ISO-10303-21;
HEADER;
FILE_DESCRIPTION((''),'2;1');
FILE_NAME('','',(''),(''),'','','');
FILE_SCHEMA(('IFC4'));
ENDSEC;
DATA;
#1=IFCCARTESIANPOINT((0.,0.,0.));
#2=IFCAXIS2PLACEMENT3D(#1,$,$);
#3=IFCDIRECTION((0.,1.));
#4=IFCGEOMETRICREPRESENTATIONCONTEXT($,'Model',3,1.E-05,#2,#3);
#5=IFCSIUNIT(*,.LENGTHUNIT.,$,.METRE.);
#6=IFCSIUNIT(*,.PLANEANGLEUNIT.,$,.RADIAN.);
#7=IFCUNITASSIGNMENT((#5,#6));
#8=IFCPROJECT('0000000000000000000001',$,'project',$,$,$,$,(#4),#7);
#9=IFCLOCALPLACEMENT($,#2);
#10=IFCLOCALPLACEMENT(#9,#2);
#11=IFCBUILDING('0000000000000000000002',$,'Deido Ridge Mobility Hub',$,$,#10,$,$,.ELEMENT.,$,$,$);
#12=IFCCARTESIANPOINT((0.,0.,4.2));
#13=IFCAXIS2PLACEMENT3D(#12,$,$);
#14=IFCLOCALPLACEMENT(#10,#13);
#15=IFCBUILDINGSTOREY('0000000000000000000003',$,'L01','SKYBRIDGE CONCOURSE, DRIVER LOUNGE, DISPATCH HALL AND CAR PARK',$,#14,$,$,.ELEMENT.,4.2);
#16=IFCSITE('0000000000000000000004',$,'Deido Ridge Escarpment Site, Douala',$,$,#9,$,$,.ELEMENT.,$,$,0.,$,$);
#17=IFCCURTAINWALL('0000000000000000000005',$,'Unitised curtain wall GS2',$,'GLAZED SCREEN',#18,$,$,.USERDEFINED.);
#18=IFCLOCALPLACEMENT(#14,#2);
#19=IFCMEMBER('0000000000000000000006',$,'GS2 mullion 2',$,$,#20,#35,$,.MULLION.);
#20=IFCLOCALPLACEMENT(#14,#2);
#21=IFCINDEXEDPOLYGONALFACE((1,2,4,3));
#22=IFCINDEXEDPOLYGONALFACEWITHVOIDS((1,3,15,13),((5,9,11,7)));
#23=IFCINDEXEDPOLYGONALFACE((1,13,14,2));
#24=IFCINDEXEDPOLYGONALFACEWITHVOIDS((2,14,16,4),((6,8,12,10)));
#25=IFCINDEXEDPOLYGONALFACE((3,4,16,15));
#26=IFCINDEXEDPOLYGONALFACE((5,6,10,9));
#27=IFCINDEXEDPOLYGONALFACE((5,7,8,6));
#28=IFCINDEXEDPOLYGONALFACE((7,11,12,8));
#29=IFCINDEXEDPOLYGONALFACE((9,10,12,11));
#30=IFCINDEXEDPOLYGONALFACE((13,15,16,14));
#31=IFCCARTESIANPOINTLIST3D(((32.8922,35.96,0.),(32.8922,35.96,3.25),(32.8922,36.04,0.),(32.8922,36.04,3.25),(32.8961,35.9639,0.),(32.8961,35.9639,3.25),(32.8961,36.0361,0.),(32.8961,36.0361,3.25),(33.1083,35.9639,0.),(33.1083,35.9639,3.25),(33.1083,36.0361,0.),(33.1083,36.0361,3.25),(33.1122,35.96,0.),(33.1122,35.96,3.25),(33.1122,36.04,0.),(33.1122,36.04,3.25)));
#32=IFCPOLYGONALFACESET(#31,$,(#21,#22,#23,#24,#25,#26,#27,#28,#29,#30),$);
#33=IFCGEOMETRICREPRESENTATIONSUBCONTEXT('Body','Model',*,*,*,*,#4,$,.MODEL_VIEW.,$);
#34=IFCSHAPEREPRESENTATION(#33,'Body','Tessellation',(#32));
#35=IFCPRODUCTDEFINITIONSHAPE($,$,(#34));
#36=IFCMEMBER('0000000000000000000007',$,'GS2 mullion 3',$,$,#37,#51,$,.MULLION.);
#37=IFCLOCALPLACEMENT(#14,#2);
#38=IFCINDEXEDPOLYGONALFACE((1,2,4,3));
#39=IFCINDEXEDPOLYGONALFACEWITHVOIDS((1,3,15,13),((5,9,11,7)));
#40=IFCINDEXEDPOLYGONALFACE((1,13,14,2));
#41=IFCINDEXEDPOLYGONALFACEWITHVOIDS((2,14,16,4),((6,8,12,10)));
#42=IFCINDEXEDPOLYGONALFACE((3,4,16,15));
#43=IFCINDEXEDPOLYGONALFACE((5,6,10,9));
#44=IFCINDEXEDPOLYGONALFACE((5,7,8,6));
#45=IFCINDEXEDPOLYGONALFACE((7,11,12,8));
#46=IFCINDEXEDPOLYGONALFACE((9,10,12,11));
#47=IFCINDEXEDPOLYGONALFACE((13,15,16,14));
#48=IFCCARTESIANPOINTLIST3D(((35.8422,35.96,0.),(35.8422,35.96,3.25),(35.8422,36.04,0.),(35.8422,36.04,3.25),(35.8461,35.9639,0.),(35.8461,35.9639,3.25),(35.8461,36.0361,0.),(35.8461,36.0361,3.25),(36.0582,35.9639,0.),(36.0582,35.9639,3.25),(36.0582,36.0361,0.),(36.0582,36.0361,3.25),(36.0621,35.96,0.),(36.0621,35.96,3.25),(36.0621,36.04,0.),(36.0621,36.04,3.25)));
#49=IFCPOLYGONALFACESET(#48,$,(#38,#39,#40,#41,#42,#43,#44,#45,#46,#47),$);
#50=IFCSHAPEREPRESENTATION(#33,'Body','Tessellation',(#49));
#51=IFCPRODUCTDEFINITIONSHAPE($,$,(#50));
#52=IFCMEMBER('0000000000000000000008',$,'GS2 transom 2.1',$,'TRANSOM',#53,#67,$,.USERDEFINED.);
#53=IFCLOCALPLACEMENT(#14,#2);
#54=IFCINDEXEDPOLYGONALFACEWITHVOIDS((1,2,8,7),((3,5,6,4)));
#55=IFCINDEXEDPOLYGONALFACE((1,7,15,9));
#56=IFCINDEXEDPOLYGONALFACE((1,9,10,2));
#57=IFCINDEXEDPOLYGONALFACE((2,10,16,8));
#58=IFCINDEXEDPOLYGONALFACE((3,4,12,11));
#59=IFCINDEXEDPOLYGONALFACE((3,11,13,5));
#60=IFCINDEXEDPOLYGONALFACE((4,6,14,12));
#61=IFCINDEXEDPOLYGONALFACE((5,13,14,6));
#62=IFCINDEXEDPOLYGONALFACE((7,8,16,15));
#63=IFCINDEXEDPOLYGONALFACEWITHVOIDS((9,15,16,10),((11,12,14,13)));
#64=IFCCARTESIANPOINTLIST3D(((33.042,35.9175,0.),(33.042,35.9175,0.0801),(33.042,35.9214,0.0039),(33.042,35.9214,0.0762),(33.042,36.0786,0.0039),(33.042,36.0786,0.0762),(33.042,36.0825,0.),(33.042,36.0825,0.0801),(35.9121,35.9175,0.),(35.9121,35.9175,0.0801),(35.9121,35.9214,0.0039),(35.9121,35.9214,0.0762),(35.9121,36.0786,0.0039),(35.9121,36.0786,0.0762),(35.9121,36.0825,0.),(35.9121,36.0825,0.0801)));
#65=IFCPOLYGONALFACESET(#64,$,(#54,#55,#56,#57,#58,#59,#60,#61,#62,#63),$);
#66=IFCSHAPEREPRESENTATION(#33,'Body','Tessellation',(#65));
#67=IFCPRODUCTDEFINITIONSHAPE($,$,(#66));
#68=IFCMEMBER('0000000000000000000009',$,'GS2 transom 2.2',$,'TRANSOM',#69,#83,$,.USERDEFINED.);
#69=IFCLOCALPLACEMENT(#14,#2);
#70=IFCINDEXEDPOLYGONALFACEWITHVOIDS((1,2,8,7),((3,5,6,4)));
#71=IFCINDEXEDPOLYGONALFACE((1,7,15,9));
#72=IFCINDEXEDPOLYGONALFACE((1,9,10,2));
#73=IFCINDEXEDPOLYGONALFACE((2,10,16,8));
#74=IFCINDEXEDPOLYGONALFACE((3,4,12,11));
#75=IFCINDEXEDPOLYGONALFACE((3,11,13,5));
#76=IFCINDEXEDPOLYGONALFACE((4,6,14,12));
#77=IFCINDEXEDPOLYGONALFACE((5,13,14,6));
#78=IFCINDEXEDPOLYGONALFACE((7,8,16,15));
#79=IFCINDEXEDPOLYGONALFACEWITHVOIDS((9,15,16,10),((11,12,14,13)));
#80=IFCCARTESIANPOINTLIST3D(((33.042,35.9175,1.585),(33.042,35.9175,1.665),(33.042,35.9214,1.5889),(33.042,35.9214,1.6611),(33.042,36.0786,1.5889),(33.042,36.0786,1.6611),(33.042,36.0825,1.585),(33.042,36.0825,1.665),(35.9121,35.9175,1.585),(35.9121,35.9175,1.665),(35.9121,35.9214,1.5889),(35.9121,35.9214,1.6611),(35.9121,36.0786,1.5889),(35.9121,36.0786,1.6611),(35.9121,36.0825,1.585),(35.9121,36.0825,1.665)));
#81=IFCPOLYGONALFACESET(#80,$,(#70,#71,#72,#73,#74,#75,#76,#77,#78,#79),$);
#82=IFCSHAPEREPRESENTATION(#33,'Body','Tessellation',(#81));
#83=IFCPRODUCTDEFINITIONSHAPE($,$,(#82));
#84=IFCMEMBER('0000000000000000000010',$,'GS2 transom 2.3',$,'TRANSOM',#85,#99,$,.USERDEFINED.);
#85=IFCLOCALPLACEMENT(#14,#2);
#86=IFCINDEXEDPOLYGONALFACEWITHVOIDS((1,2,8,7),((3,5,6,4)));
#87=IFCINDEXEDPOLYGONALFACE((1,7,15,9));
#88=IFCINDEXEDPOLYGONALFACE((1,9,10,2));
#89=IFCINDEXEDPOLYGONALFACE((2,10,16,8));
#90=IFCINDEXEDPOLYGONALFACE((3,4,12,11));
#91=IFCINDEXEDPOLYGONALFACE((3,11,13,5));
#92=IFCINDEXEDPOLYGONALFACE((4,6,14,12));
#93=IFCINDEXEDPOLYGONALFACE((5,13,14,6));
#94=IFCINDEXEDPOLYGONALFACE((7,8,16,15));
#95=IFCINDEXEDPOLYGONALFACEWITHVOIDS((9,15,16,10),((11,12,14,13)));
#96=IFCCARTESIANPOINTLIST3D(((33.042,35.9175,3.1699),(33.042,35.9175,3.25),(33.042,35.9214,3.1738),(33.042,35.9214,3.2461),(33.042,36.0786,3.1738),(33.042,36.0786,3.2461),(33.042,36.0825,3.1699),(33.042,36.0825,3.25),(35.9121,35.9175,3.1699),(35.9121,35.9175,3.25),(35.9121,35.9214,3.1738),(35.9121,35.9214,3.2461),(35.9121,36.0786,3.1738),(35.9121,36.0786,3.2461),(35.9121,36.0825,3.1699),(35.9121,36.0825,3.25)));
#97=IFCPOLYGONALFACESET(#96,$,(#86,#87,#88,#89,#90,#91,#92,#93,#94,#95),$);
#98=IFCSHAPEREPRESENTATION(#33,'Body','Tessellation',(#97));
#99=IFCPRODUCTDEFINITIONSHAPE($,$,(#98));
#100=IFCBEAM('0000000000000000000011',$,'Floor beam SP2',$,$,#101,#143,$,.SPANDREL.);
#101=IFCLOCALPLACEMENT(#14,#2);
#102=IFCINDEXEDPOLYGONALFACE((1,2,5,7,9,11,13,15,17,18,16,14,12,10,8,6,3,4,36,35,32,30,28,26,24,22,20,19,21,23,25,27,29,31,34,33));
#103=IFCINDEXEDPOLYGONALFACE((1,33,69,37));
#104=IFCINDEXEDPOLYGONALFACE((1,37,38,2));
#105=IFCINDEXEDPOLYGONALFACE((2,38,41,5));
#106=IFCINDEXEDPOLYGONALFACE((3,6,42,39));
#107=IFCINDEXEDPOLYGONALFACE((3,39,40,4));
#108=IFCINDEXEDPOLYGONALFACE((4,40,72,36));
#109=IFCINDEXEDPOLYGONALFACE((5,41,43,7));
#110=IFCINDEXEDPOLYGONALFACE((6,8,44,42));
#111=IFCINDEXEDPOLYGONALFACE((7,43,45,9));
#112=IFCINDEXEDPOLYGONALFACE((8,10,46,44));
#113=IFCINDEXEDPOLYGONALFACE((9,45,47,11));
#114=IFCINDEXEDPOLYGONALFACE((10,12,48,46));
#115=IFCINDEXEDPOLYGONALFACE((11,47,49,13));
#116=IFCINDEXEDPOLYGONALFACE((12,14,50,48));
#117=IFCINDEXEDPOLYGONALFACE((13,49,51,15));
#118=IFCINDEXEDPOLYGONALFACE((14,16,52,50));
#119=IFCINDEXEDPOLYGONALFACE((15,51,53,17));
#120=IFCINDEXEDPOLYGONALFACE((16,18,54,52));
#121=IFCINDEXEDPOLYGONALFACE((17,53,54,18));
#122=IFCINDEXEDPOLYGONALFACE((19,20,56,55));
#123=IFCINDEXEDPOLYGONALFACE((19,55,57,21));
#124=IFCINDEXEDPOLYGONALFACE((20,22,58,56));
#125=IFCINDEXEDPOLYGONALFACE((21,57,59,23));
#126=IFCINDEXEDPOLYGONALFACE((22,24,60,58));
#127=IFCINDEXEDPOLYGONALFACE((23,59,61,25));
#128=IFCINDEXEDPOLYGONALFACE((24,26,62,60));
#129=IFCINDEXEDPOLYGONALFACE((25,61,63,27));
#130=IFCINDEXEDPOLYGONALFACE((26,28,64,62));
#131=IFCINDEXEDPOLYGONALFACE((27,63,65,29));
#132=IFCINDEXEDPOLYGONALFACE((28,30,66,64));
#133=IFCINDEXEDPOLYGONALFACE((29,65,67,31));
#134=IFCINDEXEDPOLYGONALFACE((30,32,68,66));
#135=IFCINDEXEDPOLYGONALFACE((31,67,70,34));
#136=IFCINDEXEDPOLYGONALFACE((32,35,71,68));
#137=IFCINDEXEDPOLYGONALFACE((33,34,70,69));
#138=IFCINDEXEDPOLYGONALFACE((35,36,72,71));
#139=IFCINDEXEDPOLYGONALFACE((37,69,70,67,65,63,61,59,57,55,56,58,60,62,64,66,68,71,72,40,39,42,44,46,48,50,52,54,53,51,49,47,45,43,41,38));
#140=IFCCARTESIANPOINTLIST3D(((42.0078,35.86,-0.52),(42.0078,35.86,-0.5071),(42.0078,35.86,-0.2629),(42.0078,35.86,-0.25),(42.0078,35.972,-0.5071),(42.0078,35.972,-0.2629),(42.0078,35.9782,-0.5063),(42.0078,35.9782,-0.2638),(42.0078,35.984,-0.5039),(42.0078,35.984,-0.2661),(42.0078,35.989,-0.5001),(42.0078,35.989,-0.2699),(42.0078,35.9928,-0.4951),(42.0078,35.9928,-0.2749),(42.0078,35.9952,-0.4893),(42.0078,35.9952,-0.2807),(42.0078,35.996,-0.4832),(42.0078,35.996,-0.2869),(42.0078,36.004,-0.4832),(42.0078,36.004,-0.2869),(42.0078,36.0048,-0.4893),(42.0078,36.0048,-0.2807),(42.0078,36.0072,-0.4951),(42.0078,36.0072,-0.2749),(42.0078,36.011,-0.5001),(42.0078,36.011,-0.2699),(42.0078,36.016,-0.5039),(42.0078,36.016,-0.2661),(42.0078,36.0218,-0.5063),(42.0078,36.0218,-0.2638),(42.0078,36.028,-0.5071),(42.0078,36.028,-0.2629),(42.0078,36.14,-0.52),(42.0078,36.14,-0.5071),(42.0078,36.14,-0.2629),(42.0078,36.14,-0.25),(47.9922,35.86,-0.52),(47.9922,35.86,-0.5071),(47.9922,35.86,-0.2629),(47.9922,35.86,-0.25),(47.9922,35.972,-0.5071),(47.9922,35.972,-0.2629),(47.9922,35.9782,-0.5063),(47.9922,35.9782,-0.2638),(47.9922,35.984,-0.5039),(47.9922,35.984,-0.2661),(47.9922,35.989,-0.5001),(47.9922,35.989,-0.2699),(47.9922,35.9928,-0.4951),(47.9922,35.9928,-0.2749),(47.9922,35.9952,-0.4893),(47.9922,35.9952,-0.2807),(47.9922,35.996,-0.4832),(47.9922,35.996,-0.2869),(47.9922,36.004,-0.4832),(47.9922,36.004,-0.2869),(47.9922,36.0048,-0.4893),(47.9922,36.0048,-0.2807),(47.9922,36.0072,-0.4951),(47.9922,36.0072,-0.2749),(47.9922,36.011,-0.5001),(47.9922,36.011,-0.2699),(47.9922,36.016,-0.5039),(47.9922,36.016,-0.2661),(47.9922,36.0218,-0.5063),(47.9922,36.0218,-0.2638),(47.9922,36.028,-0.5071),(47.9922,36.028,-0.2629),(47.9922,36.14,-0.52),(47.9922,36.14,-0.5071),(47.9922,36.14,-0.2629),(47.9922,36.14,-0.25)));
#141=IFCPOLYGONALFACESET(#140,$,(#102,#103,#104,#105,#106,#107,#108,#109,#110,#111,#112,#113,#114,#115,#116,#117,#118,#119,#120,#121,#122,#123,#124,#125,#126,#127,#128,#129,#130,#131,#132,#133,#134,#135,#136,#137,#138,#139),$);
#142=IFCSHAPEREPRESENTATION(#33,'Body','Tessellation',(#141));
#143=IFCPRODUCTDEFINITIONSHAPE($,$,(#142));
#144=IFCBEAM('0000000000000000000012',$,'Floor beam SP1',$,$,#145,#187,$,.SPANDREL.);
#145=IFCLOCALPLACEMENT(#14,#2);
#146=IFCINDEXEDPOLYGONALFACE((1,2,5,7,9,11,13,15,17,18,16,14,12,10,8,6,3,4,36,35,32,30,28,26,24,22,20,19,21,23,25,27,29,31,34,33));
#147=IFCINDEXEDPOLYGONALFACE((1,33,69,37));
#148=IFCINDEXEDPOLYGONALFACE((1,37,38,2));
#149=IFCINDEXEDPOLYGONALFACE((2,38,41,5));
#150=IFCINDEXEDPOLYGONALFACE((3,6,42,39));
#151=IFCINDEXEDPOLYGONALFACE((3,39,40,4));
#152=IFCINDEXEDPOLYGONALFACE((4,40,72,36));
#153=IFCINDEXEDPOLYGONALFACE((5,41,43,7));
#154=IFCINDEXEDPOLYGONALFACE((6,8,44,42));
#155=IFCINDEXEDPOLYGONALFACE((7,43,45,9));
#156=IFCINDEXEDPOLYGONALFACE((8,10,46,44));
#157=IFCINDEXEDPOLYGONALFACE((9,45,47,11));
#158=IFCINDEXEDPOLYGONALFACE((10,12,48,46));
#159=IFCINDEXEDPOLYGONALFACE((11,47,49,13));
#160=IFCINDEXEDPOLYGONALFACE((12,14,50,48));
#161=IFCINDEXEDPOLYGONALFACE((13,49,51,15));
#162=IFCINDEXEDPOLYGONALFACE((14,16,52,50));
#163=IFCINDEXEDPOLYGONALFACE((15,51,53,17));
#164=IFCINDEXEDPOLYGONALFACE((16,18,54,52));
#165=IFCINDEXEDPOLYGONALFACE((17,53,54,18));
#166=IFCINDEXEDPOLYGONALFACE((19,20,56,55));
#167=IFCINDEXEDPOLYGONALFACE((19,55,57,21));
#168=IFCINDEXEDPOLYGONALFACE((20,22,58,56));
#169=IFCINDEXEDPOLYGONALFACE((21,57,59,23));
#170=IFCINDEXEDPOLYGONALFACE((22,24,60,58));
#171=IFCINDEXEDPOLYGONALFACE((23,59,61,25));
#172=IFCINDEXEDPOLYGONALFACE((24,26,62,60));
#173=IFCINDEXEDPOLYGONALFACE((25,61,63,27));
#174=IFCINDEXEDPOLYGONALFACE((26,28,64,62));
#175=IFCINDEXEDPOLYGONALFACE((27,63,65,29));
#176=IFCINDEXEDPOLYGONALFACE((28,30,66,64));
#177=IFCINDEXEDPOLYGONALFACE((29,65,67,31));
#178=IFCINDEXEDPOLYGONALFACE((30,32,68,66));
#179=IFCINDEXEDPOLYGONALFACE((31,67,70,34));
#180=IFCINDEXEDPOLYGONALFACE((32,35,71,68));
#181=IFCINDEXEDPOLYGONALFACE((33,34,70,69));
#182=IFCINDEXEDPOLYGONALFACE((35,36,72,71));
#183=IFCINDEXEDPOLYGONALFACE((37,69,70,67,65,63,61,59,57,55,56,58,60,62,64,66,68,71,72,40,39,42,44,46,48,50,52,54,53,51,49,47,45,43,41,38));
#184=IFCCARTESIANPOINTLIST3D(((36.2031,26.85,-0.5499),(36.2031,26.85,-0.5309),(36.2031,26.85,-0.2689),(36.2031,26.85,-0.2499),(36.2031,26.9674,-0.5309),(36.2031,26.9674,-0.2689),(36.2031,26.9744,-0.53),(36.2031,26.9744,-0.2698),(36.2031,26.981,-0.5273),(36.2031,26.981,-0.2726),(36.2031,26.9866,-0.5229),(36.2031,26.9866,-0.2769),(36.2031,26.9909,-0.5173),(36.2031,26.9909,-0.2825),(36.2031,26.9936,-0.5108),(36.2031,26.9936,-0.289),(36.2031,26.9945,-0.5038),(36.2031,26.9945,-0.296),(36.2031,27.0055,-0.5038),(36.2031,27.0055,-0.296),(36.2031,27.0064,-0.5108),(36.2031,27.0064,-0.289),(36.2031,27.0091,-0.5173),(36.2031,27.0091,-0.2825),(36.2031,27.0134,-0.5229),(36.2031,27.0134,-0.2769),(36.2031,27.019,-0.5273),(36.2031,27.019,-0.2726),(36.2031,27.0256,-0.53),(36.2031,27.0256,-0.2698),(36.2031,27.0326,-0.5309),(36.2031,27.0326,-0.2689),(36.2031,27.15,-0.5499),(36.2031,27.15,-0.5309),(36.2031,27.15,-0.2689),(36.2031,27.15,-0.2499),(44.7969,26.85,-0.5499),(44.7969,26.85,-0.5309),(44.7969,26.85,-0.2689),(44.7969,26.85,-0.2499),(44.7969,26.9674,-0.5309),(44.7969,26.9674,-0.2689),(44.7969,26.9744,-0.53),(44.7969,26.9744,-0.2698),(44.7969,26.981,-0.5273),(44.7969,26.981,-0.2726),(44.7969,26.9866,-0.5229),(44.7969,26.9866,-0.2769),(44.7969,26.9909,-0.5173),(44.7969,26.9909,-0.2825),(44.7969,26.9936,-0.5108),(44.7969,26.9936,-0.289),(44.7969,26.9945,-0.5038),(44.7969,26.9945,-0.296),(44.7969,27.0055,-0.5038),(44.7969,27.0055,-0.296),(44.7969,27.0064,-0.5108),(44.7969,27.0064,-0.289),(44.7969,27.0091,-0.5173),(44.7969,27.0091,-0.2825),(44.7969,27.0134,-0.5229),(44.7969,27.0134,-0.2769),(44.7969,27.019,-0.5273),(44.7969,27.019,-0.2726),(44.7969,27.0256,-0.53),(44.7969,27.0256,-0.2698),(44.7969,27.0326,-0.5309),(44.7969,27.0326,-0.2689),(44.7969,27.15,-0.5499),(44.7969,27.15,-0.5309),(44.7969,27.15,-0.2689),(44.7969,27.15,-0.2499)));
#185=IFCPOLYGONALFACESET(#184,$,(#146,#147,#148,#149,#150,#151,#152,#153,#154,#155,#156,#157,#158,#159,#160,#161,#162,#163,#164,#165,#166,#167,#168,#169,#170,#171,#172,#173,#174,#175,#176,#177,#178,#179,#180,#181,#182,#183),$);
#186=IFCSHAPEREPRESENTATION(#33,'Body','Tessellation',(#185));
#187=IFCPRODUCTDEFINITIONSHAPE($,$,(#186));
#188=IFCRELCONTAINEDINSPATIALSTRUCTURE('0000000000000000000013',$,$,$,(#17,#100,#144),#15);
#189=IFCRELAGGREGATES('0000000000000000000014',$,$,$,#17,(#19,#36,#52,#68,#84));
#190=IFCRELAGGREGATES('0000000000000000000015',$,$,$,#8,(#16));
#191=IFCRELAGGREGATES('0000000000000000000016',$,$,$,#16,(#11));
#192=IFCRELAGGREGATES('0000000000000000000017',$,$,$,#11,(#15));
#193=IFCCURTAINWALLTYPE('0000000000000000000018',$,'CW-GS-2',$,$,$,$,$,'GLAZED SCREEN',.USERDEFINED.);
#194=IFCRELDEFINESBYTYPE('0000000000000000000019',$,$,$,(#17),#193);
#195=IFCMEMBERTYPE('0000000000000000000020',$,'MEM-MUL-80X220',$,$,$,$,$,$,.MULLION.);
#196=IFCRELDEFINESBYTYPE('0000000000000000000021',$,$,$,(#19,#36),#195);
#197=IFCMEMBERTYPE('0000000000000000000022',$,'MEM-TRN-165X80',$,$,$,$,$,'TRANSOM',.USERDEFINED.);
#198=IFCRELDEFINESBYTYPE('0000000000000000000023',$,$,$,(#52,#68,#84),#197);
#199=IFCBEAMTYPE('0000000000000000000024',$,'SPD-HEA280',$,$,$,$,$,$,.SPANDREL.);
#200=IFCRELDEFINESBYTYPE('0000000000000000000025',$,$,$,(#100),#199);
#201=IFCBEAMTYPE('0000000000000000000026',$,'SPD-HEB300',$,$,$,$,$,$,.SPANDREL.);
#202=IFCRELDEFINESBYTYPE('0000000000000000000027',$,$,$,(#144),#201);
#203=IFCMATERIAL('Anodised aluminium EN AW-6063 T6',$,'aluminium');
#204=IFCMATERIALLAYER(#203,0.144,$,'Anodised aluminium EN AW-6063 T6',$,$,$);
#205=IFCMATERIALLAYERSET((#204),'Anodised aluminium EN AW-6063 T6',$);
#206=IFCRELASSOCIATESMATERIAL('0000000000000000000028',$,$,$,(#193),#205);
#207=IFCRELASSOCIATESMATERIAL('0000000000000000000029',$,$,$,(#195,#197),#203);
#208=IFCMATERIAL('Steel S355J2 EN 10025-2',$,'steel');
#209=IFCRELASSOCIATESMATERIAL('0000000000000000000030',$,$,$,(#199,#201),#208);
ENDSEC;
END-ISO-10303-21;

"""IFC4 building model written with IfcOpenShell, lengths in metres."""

from ifc_helpers import new_model, si_unit, direction, frame, origin, origin_2d, place, context, subcontext, project, spatial, hollow_rectangle, i_section, extrude, material, layer, layer_set, material_profile, profile_set, type_object, element, aggregate, save


model = new_model("IFC4")

# Units and contexts
model_context = context("Model", 3, precision=1e-05, world=origin(), true_north=direction((0.0, 1.0)))
body_context = subcontext(model_context, "Body", "Model", "MODEL_VIEW")
ifc_project = project(units=[si_unit("LENGTHUNIT", "METRE"), si_unit("PLANEANGLEUNIT", "RADIAN")], contexts=[model_context])

# Site, building, storey
site_placement = place(None, origin())
site = spatial("IfcSite", under=ifc_project, at=site_placement, Name="Deido Ridge Escarpment Site, Douala", CompositionType="ELEMENT", RefElevation=0.0)
building_placement = place(site_placement, origin())
building = spatial("IfcBuilding", under=site, at=building_placement, Name="Deido Ridge Mobility Hub", CompositionType="ELEMENT")
storey_placement = place(building_placement, frame((0.0, 0.0, 4.2)))
storey = spatial("IfcBuildingStorey", under=building, at=storey_placement, Name="L01", Description="SKYBRIDGE CONCOURSE, DRIVER LOUNGE, DISPATCH HALL AND CAR PARK", CompositionType="ELEMENT", Elevation=4.2)

# Shared definitions
ifc_material_1 = material(Name="Steel S355J2 EN 10025-2", Category="steel")

# Curtain wall, members
ifc_material_2 = material(Name="Anodised aluminium EN AW-6063 T6", Category="aluminium")
ifc_layer_1 = layer(ifc_material_2, 0.144, Name="Anodised aluminium EN AW-6063 T6")
ifc_layer_set_1 = layer_set([ifc_layer_1], Name="Anodised aluminium EN AW-6063 T6")
curtain_wall_type = type_object("IfcCurtainWallType", Name="CW-GS-2", ElementType="GLAZED SCREEN", PredefinedType="USERDEFINED", material=ifc_layer_set_1)
curtain_wall_placement = place(storey_placement, origin())
curtain_wall = element("IfcCurtainWall", 1, at=curtain_wall_placement, inside=storey, type_object=curtain_wall_type, Name="Unitised curtain wall GS2", ObjectType="GLAZED SCREEN", PredefinedType="USERDEFINED")
ifc_material_profile_1 = material_profile(ifc_material_2, hollow_rectangle(XDim=0.0801, YDim=0.22, WallThickness=0.0039, at=origin_2d()), Name="RHS 80x220x4")
ifc_profile_set_1 = profile_set([ifc_material_profile_1], Name="Anodised aluminium EN AW-6063 T6")
member_type_1 = type_object("IfcMemberType", Name="MEM-MUL-80X220", PredefinedType="MULLION", material=ifc_profile_set_1)
member_1_placement = place(storey_placement, frame((33.0022, 36.0, 0.0), z_axis=(0.0, 0.0, 1.0), x_axis=(0.0, 1.0, 0.0)))
member_1 = element("IfcMember", 2, at=member_1_placement, type_object=member_type_1, Name="GS2 mullion 2", PredefinedType="MULLION", context=body_context, shape_type="SweptSolid", body=[
    extrude(hollow_rectangle(XDim=0.0801, YDim=0.22, WallThickness=0.0039, at=origin_2d()), origin(), (0.0, 0.0, 1.0), 3.25),
])
member_2_placement = place(storey_placement, frame((35.9521, 36.0, 0.0), z_axis=(0.0, 0.0, 1.0), x_axis=(0.0, 1.0, 0.0)))
member_2 = element("IfcMember", 3, at=member_2_placement, type_object=member_type_1, Name="GS2 mullion 3", PredefinedType="MULLION", context=body_context, shape_type="SweptSolid", body=[
    extrude(hollow_rectangle(XDim=0.0801, YDim=0.22, WallThickness=0.0039, at=origin_2d()), origin(), (0.0, 0.0, 1.0), 3.25),
])
ifc_material_profile_2 = material_profile(ifc_material_2, hollow_rectangle(XDim=0.165, YDim=0.0801, WallThickness=0.0039, at=origin_2d()), Name="RHS 165x80x4")
ifc_profile_set_2 = profile_set([ifc_material_profile_2], Name="Anodised aluminium EN AW-6063 T6")
member_type_2 = type_object("IfcMemberType", Name="MEM-TRN-165X80", ElementType="TRANSOM", PredefinedType="USERDEFINED", material=ifc_profile_set_2)
member_3_placement = place(storey_placement, frame((33.042, 36.0, 0.04), z_axis=(1.0, 0.0, 0.0), x_axis=(0.0, 1.0, 0.0)))
member_3 = element("IfcMember", 4, at=member_3_placement, type_object=member_type_2, Name="GS2 transom 2.1", ObjectType="TRANSOM", PredefinedType="USERDEFINED", context=body_context, shape_type="SweptSolid", body=[
    extrude(hollow_rectangle(XDim=0.165, YDim=0.0801, WallThickness=0.0039, at=origin_2d()), origin(), (0.0, 0.0, 1.0), 2.8701),
])
member_4_placement = place(storey_placement, frame((33.042, 36.0, 1.625), z_axis=(1.0, 0.0, 0.0), x_axis=(0.0, 1.0, 0.0)))
member_4 = element("IfcMember", 5, at=member_4_placement, type_object=member_type_2, Name="GS2 transom 2.2", ObjectType="TRANSOM", PredefinedType="USERDEFINED", context=body_context, shape_type="SweptSolid", body=[
    extrude(hollow_rectangle(XDim=0.165, YDim=0.0801, WallThickness=0.0039, at=origin_2d()), origin(), (0.0, 0.0, 1.0), 2.8701),
])
member_5_placement = place(storey_placement, frame((33.042, 36.0, 3.21), z_axis=(1.0, 0.0, 0.0), x_axis=(0.0, 1.0, 0.0)))
member_5 = element("IfcMember", 6, at=member_5_placement, type_object=member_type_2, Name="GS2 transom 2.3", ObjectType="TRANSOM", PredefinedType="USERDEFINED", context=body_context, shape_type="SweptSolid", body=[
    extrude(hollow_rectangle(XDim=0.165, YDim=0.0801, WallThickness=0.0039, at=origin_2d()), origin(), (0.0, 0.0, 1.0), 2.8701),
])

# Beams
ifc_material_profile_3 = material_profile(ifc_material_1, i_section(OverallWidth=0.28, OverallDepth=0.27, WebThickness=0.0081, FlangeThickness=0.0129, FilletRadius=0.0239, at=origin_2d()), Name="HEA 280")
ifc_profile_set_3 = profile_set([ifc_material_profile_3], Name="Steel S355J2 EN 10025-2")
beam_type_1 = type_object("IfcBeamType", Name="SPD-HEA280", PredefinedType="SPANDREL", material=ifc_profile_set_3)
beam_1_placement = place(storey_placement, frame((42.0078, 36.0, -0.385), z_axis=(1.0, 0.0, 0.0), x_axis=(0.0, 1.0, 0.0)))
element("IfcBeam", 7, at=beam_1_placement, inside=storey, type_object=beam_type_1, Name="Floor beam SP2", PredefinedType="SPANDREL", context=body_context, shape_type="SweptSolid", body=[
    extrude(i_section(OverallWidth=0.28, OverallDepth=0.27, WebThickness=0.0081, FlangeThickness=0.0129, FilletRadius=0.0239, at=origin_2d()), origin(), (0.0, 0.0, 1.0), 5.9844),
])
ifc_material_profile_4 = material_profile(ifc_material_1, i_section(OverallWidth=0.3, OverallDepth=0.3, WebThickness=0.011, FlangeThickness=0.019, FilletRadius=0.0271, at=origin_2d()), Name="HEB 300")
ifc_profile_set_4 = profile_set([ifc_material_profile_4], Name="Steel S355J2 EN 10025-2")
beam_type_2 = type_object("IfcBeamType", Name="SPD-HEB300", PredefinedType="SPANDREL", material=ifc_profile_set_4)
for number, where, z_axis, x_axis, name in (
    (8, (36.2031, 27.0, -0.3999), (1.0, 0.0, 0.0), (0.0, 1.0, 0.0), "Floor beam SP1"),
):
    element("IfcBeam", number, at=place(storey_placement, frame(where, z_axis=z_axis, x_axis=x_axis)), inside=storey, type_object=beam_type_2, Name=name, PredefinedType="SPANDREL", context=body_context, shape_type="SweptSolid", body=[
        extrude(i_section(OverallWidth=0.3, OverallDepth=0.3, WebThickness=0.011, FlangeThickness=0.019, FilletRadius=0.0271, at=origin_2d()), origin(), (0.0, 0.0, 1.0), 8.5938),
    ])

aggregate(curtain_wall, [member_1, member_2, member_3, member_4, member_5])

save(model, "model.ifc")
